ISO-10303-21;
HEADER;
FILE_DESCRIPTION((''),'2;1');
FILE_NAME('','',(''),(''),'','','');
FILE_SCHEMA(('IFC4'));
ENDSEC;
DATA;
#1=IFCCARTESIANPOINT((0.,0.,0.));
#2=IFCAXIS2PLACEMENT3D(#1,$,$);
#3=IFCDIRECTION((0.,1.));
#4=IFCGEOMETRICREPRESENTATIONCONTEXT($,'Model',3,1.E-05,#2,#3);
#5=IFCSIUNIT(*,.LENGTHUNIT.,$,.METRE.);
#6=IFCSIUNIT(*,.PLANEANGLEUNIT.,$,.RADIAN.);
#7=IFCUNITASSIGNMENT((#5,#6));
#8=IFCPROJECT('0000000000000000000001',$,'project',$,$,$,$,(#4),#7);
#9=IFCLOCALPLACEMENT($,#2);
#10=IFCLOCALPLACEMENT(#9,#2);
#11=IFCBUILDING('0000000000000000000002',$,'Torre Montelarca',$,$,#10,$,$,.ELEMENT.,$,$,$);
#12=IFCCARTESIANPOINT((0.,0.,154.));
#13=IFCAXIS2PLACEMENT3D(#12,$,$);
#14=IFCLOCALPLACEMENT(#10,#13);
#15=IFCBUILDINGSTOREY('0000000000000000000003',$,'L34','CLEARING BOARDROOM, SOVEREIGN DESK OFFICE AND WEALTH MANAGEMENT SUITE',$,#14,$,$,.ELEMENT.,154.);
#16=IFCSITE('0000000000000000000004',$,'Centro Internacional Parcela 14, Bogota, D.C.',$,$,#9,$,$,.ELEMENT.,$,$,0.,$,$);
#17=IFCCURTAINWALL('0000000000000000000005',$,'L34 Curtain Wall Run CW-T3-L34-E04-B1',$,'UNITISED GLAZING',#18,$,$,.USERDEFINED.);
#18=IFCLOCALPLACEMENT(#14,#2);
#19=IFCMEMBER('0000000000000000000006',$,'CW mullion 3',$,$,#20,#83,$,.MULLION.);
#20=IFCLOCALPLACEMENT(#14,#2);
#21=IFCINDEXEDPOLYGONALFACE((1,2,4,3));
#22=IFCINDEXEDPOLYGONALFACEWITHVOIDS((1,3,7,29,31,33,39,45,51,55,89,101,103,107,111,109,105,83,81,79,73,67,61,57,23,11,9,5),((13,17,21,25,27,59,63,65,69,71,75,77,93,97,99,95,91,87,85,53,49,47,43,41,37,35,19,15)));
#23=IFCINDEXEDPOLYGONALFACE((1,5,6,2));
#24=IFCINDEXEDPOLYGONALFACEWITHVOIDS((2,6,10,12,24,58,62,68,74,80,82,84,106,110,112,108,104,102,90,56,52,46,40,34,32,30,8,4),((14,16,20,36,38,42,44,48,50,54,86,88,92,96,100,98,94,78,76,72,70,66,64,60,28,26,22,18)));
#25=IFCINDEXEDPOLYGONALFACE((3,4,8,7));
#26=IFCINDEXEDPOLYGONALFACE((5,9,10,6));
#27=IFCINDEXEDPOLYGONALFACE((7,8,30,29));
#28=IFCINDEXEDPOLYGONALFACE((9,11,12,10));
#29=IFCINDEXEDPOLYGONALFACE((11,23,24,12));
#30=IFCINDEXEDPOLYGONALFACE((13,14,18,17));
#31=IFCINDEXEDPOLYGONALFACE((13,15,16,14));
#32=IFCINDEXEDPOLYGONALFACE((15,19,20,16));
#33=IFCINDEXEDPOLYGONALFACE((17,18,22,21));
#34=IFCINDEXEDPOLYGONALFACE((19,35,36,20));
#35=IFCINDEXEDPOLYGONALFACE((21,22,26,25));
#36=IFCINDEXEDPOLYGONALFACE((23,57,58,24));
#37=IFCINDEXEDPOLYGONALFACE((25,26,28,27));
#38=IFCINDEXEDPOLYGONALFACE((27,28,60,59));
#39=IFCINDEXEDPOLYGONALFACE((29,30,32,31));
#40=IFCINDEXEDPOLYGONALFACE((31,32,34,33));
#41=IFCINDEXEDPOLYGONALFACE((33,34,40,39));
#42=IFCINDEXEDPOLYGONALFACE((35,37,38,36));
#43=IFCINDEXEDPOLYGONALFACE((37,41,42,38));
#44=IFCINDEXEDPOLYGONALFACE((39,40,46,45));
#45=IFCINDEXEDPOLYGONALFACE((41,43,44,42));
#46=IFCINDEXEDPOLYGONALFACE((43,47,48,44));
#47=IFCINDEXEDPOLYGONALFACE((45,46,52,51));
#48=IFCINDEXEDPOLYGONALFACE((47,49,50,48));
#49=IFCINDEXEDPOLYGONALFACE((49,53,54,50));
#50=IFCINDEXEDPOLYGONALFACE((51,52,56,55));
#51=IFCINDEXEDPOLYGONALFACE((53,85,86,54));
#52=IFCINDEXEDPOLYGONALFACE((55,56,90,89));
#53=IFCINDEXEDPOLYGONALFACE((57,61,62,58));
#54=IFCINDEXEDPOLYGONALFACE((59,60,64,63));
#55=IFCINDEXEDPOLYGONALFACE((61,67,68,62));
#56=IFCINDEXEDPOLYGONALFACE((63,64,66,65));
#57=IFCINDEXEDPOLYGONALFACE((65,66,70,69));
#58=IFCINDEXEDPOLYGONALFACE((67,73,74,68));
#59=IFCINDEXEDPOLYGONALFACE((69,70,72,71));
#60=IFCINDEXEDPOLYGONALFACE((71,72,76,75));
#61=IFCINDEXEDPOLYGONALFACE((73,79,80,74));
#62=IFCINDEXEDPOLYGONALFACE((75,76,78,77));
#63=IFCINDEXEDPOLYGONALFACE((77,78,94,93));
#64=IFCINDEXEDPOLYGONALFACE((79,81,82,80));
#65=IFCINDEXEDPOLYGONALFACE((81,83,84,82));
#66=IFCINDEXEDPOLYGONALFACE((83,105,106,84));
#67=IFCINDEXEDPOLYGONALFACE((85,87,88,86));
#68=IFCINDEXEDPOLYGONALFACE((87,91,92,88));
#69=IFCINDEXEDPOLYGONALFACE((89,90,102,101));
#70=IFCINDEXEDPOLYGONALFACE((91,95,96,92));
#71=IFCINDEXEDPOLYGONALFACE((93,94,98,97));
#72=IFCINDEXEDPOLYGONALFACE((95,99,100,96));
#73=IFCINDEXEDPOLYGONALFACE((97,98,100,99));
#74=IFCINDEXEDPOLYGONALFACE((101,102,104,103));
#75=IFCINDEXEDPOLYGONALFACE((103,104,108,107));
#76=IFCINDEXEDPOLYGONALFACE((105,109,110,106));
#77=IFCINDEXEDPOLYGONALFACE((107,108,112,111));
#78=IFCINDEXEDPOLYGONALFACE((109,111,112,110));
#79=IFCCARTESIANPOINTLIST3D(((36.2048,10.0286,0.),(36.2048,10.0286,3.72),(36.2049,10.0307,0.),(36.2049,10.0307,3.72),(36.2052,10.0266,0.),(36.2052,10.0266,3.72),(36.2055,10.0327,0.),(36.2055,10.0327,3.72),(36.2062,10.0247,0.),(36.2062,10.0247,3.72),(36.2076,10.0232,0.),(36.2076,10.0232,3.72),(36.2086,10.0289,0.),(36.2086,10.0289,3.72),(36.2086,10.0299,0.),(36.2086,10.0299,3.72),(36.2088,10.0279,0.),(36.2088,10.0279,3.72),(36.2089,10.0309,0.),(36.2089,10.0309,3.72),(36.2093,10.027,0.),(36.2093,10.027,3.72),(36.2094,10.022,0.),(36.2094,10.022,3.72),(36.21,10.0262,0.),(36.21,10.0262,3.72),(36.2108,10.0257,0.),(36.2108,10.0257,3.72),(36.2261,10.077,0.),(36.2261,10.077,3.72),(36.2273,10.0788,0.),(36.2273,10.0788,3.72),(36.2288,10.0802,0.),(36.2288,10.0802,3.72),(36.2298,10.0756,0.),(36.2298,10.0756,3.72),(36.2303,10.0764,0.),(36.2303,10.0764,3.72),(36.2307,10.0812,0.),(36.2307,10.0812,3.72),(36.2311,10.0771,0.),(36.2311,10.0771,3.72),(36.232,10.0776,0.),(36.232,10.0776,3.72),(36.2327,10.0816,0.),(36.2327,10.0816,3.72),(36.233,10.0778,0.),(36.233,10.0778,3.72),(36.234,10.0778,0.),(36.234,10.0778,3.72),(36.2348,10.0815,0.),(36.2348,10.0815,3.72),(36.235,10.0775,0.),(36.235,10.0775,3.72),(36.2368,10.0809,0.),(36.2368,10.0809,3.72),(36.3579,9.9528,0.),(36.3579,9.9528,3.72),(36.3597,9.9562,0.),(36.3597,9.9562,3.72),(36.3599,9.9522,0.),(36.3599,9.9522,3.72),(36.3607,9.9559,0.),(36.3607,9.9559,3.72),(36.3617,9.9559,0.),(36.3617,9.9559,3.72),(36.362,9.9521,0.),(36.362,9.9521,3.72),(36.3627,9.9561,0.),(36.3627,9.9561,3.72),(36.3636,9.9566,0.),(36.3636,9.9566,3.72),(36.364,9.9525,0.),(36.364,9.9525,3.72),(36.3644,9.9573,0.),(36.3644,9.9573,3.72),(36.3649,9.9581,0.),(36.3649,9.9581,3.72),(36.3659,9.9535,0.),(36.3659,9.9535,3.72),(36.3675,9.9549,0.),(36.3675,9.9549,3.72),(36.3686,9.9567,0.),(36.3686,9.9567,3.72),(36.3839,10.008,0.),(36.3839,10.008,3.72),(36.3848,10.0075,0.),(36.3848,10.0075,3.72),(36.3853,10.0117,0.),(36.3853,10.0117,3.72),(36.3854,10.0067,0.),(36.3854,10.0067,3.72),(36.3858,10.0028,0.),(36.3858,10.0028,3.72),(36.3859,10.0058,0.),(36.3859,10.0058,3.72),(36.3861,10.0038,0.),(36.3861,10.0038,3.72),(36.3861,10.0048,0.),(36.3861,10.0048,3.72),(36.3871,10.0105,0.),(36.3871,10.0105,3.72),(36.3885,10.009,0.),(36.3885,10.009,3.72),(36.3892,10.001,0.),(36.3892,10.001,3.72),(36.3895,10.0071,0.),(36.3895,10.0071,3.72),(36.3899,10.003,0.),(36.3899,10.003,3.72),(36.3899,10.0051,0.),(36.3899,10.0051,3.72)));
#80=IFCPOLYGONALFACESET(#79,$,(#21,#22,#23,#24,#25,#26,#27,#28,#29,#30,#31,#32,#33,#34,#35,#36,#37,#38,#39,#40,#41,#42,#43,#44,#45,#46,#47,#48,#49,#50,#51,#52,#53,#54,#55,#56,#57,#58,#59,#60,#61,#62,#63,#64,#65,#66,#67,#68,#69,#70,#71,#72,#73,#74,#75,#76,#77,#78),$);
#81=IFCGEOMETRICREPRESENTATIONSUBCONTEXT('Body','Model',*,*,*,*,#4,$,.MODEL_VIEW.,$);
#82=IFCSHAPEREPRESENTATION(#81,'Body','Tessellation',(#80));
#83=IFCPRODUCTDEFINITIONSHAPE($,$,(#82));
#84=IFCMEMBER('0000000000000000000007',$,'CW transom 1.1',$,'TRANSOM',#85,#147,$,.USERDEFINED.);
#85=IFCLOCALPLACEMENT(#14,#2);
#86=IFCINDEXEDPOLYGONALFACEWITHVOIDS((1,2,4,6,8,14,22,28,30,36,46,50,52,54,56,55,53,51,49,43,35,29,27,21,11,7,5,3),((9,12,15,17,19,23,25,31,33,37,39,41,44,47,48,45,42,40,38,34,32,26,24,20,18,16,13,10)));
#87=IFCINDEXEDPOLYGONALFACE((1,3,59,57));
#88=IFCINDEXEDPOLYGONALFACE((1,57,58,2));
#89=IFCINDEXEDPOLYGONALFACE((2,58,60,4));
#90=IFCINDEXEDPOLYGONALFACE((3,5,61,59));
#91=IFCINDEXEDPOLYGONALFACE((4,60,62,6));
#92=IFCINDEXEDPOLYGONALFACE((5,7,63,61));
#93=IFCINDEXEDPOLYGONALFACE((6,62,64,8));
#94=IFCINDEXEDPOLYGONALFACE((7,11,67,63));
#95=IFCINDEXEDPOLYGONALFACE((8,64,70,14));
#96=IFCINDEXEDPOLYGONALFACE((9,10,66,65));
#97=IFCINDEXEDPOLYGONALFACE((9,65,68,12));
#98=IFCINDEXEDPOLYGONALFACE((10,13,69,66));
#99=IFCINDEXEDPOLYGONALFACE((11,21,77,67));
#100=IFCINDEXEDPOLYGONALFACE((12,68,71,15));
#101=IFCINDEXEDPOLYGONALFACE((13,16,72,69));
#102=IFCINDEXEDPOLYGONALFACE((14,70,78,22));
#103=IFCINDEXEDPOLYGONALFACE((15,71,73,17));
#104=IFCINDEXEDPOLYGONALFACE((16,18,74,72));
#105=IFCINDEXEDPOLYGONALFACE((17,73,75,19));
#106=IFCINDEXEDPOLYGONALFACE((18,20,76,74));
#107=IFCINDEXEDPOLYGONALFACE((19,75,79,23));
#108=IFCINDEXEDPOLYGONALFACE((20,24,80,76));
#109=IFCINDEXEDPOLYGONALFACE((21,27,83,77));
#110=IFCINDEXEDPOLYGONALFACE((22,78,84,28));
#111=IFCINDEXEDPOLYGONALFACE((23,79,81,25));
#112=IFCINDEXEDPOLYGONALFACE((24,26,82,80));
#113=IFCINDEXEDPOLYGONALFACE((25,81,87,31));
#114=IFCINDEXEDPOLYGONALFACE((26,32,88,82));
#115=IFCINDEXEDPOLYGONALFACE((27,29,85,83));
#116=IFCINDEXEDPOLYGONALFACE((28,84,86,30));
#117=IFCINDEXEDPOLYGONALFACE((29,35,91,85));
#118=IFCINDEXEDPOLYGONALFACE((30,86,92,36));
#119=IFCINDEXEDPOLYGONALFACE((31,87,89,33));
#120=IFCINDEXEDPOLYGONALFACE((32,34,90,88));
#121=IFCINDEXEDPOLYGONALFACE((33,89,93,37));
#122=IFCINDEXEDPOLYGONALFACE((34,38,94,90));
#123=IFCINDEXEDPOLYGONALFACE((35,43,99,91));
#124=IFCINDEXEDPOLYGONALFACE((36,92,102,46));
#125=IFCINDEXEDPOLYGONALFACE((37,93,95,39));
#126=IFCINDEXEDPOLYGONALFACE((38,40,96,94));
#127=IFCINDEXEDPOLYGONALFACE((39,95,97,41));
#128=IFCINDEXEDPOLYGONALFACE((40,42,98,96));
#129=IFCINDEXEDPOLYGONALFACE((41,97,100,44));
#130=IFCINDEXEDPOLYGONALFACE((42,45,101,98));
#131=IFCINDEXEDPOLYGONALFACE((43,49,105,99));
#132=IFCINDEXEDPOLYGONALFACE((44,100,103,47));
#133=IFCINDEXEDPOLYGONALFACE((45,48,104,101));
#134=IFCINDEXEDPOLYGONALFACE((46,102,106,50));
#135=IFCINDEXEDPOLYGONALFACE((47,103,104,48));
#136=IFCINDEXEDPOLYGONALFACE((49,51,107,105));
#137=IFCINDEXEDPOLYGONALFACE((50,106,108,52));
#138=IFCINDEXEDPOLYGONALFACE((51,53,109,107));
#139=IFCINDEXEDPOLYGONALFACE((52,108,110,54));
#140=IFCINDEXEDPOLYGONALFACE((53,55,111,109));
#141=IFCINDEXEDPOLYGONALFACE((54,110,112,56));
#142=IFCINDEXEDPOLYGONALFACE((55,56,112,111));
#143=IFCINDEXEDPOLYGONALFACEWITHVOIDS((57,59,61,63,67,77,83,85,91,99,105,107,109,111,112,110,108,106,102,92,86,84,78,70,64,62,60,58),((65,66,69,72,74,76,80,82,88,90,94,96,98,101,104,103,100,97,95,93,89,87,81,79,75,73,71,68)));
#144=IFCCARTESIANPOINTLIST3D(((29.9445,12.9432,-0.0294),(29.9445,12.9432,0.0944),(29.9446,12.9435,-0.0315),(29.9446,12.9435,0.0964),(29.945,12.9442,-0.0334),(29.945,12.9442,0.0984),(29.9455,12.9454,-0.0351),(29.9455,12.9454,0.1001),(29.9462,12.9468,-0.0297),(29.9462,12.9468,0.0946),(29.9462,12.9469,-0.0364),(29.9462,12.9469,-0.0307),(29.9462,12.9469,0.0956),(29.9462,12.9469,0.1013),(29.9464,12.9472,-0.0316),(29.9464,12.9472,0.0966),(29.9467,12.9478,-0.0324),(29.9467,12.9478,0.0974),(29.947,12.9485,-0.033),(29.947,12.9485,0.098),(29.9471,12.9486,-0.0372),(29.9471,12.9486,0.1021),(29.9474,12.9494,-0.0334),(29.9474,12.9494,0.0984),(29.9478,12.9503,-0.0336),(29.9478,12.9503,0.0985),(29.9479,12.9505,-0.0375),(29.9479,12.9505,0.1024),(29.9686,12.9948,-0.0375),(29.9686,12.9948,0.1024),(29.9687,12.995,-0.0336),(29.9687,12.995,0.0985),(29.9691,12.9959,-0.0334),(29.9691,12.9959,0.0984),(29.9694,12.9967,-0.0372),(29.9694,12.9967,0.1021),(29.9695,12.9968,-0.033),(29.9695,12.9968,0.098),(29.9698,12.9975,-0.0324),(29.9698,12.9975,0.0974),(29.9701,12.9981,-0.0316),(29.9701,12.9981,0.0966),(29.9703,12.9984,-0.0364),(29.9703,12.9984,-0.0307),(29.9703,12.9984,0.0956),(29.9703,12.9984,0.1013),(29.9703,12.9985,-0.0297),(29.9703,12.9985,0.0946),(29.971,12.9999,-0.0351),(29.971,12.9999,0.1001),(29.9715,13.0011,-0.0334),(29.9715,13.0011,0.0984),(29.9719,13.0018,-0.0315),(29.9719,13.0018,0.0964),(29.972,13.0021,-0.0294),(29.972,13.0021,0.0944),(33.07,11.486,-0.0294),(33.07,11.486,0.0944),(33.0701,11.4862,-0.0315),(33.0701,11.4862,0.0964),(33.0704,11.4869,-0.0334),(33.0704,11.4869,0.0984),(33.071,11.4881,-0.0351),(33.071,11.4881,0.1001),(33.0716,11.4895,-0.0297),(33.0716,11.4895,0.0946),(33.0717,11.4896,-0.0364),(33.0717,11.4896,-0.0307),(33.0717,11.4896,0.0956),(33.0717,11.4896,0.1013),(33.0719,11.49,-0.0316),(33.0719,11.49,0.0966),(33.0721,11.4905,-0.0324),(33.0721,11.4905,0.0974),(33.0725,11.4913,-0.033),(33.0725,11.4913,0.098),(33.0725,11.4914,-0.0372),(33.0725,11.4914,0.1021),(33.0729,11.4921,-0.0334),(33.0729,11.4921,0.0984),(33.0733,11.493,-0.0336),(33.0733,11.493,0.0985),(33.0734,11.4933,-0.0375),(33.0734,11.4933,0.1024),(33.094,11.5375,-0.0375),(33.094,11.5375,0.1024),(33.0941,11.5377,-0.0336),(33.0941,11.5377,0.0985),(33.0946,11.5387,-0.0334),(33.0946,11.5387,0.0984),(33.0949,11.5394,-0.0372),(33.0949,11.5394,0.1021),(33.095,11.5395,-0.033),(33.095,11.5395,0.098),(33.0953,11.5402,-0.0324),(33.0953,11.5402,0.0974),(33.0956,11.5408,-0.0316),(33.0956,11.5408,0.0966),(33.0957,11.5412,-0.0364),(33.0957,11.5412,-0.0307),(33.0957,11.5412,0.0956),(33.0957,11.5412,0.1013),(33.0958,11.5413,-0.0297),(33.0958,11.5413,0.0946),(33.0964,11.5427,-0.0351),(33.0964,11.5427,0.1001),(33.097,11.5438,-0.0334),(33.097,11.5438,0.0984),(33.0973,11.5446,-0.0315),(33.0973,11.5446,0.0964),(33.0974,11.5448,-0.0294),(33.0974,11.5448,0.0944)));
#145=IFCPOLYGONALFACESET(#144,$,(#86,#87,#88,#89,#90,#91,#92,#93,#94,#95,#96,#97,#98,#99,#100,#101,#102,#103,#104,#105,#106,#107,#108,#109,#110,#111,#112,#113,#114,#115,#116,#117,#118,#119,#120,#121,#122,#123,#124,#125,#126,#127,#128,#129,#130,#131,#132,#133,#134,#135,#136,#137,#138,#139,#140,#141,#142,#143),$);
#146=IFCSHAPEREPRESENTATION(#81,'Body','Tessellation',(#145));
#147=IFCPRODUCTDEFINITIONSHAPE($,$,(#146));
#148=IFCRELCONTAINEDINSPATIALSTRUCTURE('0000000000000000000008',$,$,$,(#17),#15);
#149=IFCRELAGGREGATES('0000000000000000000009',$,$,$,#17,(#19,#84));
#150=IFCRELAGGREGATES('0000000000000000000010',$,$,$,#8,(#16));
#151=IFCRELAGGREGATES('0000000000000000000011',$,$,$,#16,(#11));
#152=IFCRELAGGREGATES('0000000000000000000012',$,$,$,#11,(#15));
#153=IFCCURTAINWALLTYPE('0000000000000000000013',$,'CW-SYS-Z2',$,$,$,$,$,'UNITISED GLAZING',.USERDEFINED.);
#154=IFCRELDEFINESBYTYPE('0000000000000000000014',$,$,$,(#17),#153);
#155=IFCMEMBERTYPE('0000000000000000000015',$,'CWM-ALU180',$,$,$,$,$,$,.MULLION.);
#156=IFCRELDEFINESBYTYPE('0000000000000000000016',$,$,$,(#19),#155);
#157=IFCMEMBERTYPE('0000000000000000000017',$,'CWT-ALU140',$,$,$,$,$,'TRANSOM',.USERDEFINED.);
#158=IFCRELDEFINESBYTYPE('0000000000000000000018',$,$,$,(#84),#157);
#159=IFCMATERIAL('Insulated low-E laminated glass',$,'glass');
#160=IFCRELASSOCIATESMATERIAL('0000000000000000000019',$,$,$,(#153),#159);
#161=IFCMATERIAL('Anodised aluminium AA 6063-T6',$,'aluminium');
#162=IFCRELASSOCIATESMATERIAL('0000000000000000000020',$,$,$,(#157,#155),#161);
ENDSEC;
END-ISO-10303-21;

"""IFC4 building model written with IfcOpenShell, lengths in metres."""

from ifc_helpers import new_model, si_unit, direction, frame, origin, origin_2d, place, context, subcontext, project, spatial, hollow_rectangle, extrude, source, transform, mapped, material, material_profile, profile_set, type_object, element, aggregate, save


model = new_model("IFC4")

# Units and contexts
model_context = context("Model", 3, precision=1e-05, world=origin(), true_north=direction((0.0, 1.0)))
body_context = subcontext(model_context, "Body", "Model", "MODEL_VIEW")
ifc_project = project(units=[si_unit("LENGTHUNIT", "METRE"), si_unit("PLANEANGLEUNIT", "RADIAN")], contexts=[model_context])

# Site, building, storey
site_placement = place(None, origin())
site = spatial("IfcSite", under=ifc_project, at=site_placement, Name="Centro Internacional Parcela 14, Bogota, D.C.", CompositionType="ELEMENT", RefElevation=0.0)
building_placement = place(site_placement, origin())
building = spatial("IfcBuilding", under=site, at=building_placement, Name="Torre Montelarca", CompositionType="ELEMENT")
storey_placement = place(building_placement, frame((0.0, 0.0, 154.0)))
storey = spatial("IfcBuildingStorey", under=building, at=storey_placement, Name="L34", Description="CLEARING BOARDROOM, SOVEREIGN DESK OFFICE AND WEALTH MANAGEMENT SUITE", CompositionType="ELEMENT", Elevation=154.0)

# Shared definitions
ifc_material_1 = material(Name="Insulated low-E laminated glass", Category="glass")
curtain_wall_type = type_object("IfcCurtainWallType", Name="CW-SYS-Z2", ElementType="UNITISED GLAZING", PredefinedType="USERDEFINED", material=ifc_material_1)
ifc_material_2 = material(Name="Anodised aluminium AA 6063-T6", Category="aluminium")
ifc_material_profile_1 = material_profile(ifc_material_2, hollow_rectangle(XDim=0.0649, YDim=0.1399, WallThickness=0.0039, InnerFilletRadius=0.0039, OuterFilletRadius=0.0081, at=origin_2d()), Name="ALU65X140X4", Category="aluminium")
ifc_profile_set_1 = profile_set([ifc_material_profile_1], Name="Anodised aluminium AA 6063-T6")
member_type_1 = type_object("IfcMemberType", Name="CWT-ALU140", ElementType="TRANSOM", PredefinedType="USERDEFINED", material=ifc_profile_set_1)

# Shared definitions
ifc_material_profile_2 = material_profile(ifc_material_2, hollow_rectangle(XDim=0.0649, YDim=0.1799, WallThickness=0.0039, InnerFilletRadius=0.0039, OuterFilletRadius=0.0081, at=origin_2d()), Name="ALU65X180X4", Category="aluminium")
ifc_profile_set_2 = profile_set([ifc_material_profile_2], Name="Anodised aluminium AA 6063-T6")
member_type_2 = type_object("IfcMemberType", Name="CWM-ALU180", PredefinedType="MULLION", material=ifc_profile_set_2)
shared_shape_1 = source(origin(), body_context, "Body", "SweptSolid", [
    extrude(hollow_rectangle(XDim=0.0649, YDim=0.1799, WallThickness=0.0039, InnerFilletRadius=0.0039, OuterFilletRadius=0.0081, at=origin_2d()), origin(), (0.0, 0.0, 1.0), 3.72),
])

# Curtain wall, members
curtain_wall_1_placement = place(storey_placement, origin())
curtain_wall_1 = element("IfcCurtainWall", 1, at=curtain_wall_1_placement, inside=storey, type_object=curtain_wall_type, Name="L34 Curtain Wall Run CW-T3-L34-E04-B1", ObjectType="UNITISED GLAZING", PredefinedType="USERDEFINED")
member_1_placement = place(storey_placement, frame((36.2974, 10.0168, 0.0), z_axis=(0.0, 0.0, 1.0), x_axis=(0.422602, 0.906315, 0.0)))
member_1 = element("IfcMember", 2, at=member_1_placement, type_object=member_type_2, Name="CW mullion 3", PredefinedType="MULLION", context=body_context, shape_type="MappedRepresentation", body=[
    mapped(shared_shape_1, transform((0.0, 0.0, 0.0), scale=1.0)),
])
shared_shape_2 = source(origin(), body_context, "Body", "SweptSolid", [
    extrude(hollow_rectangle(XDim=0.0649, YDim=0.1399, WallThickness=0.0039, InnerFilletRadius=0.0039, OuterFilletRadius=0.0081, at=origin_2d()), origin(), (0.0, 0.0, 1.0), 3.4485),
])
member_2_placement = place(storey_placement, frame((29.9583, 12.9727, 0.0325), z_axis=(0.906326, -0.422579, 0.0), x_axis=(0.422579, 0.906326, 0.0)))
member_2 = element("IfcMember", 3, at=member_2_placement, type_object=member_type_1, Name="CW transom 1.1", ObjectType="TRANSOM", PredefinedType="USERDEFINED", context=body_context, shape_type="MappedRepresentation", body=[
    mapped(shared_shape_2, transform((0.0, 0.0, 0.0), scale=1.0)),
])
aggregate(curtain_wall_1, [member_1, member_2])

save(model, "model.ifc")
